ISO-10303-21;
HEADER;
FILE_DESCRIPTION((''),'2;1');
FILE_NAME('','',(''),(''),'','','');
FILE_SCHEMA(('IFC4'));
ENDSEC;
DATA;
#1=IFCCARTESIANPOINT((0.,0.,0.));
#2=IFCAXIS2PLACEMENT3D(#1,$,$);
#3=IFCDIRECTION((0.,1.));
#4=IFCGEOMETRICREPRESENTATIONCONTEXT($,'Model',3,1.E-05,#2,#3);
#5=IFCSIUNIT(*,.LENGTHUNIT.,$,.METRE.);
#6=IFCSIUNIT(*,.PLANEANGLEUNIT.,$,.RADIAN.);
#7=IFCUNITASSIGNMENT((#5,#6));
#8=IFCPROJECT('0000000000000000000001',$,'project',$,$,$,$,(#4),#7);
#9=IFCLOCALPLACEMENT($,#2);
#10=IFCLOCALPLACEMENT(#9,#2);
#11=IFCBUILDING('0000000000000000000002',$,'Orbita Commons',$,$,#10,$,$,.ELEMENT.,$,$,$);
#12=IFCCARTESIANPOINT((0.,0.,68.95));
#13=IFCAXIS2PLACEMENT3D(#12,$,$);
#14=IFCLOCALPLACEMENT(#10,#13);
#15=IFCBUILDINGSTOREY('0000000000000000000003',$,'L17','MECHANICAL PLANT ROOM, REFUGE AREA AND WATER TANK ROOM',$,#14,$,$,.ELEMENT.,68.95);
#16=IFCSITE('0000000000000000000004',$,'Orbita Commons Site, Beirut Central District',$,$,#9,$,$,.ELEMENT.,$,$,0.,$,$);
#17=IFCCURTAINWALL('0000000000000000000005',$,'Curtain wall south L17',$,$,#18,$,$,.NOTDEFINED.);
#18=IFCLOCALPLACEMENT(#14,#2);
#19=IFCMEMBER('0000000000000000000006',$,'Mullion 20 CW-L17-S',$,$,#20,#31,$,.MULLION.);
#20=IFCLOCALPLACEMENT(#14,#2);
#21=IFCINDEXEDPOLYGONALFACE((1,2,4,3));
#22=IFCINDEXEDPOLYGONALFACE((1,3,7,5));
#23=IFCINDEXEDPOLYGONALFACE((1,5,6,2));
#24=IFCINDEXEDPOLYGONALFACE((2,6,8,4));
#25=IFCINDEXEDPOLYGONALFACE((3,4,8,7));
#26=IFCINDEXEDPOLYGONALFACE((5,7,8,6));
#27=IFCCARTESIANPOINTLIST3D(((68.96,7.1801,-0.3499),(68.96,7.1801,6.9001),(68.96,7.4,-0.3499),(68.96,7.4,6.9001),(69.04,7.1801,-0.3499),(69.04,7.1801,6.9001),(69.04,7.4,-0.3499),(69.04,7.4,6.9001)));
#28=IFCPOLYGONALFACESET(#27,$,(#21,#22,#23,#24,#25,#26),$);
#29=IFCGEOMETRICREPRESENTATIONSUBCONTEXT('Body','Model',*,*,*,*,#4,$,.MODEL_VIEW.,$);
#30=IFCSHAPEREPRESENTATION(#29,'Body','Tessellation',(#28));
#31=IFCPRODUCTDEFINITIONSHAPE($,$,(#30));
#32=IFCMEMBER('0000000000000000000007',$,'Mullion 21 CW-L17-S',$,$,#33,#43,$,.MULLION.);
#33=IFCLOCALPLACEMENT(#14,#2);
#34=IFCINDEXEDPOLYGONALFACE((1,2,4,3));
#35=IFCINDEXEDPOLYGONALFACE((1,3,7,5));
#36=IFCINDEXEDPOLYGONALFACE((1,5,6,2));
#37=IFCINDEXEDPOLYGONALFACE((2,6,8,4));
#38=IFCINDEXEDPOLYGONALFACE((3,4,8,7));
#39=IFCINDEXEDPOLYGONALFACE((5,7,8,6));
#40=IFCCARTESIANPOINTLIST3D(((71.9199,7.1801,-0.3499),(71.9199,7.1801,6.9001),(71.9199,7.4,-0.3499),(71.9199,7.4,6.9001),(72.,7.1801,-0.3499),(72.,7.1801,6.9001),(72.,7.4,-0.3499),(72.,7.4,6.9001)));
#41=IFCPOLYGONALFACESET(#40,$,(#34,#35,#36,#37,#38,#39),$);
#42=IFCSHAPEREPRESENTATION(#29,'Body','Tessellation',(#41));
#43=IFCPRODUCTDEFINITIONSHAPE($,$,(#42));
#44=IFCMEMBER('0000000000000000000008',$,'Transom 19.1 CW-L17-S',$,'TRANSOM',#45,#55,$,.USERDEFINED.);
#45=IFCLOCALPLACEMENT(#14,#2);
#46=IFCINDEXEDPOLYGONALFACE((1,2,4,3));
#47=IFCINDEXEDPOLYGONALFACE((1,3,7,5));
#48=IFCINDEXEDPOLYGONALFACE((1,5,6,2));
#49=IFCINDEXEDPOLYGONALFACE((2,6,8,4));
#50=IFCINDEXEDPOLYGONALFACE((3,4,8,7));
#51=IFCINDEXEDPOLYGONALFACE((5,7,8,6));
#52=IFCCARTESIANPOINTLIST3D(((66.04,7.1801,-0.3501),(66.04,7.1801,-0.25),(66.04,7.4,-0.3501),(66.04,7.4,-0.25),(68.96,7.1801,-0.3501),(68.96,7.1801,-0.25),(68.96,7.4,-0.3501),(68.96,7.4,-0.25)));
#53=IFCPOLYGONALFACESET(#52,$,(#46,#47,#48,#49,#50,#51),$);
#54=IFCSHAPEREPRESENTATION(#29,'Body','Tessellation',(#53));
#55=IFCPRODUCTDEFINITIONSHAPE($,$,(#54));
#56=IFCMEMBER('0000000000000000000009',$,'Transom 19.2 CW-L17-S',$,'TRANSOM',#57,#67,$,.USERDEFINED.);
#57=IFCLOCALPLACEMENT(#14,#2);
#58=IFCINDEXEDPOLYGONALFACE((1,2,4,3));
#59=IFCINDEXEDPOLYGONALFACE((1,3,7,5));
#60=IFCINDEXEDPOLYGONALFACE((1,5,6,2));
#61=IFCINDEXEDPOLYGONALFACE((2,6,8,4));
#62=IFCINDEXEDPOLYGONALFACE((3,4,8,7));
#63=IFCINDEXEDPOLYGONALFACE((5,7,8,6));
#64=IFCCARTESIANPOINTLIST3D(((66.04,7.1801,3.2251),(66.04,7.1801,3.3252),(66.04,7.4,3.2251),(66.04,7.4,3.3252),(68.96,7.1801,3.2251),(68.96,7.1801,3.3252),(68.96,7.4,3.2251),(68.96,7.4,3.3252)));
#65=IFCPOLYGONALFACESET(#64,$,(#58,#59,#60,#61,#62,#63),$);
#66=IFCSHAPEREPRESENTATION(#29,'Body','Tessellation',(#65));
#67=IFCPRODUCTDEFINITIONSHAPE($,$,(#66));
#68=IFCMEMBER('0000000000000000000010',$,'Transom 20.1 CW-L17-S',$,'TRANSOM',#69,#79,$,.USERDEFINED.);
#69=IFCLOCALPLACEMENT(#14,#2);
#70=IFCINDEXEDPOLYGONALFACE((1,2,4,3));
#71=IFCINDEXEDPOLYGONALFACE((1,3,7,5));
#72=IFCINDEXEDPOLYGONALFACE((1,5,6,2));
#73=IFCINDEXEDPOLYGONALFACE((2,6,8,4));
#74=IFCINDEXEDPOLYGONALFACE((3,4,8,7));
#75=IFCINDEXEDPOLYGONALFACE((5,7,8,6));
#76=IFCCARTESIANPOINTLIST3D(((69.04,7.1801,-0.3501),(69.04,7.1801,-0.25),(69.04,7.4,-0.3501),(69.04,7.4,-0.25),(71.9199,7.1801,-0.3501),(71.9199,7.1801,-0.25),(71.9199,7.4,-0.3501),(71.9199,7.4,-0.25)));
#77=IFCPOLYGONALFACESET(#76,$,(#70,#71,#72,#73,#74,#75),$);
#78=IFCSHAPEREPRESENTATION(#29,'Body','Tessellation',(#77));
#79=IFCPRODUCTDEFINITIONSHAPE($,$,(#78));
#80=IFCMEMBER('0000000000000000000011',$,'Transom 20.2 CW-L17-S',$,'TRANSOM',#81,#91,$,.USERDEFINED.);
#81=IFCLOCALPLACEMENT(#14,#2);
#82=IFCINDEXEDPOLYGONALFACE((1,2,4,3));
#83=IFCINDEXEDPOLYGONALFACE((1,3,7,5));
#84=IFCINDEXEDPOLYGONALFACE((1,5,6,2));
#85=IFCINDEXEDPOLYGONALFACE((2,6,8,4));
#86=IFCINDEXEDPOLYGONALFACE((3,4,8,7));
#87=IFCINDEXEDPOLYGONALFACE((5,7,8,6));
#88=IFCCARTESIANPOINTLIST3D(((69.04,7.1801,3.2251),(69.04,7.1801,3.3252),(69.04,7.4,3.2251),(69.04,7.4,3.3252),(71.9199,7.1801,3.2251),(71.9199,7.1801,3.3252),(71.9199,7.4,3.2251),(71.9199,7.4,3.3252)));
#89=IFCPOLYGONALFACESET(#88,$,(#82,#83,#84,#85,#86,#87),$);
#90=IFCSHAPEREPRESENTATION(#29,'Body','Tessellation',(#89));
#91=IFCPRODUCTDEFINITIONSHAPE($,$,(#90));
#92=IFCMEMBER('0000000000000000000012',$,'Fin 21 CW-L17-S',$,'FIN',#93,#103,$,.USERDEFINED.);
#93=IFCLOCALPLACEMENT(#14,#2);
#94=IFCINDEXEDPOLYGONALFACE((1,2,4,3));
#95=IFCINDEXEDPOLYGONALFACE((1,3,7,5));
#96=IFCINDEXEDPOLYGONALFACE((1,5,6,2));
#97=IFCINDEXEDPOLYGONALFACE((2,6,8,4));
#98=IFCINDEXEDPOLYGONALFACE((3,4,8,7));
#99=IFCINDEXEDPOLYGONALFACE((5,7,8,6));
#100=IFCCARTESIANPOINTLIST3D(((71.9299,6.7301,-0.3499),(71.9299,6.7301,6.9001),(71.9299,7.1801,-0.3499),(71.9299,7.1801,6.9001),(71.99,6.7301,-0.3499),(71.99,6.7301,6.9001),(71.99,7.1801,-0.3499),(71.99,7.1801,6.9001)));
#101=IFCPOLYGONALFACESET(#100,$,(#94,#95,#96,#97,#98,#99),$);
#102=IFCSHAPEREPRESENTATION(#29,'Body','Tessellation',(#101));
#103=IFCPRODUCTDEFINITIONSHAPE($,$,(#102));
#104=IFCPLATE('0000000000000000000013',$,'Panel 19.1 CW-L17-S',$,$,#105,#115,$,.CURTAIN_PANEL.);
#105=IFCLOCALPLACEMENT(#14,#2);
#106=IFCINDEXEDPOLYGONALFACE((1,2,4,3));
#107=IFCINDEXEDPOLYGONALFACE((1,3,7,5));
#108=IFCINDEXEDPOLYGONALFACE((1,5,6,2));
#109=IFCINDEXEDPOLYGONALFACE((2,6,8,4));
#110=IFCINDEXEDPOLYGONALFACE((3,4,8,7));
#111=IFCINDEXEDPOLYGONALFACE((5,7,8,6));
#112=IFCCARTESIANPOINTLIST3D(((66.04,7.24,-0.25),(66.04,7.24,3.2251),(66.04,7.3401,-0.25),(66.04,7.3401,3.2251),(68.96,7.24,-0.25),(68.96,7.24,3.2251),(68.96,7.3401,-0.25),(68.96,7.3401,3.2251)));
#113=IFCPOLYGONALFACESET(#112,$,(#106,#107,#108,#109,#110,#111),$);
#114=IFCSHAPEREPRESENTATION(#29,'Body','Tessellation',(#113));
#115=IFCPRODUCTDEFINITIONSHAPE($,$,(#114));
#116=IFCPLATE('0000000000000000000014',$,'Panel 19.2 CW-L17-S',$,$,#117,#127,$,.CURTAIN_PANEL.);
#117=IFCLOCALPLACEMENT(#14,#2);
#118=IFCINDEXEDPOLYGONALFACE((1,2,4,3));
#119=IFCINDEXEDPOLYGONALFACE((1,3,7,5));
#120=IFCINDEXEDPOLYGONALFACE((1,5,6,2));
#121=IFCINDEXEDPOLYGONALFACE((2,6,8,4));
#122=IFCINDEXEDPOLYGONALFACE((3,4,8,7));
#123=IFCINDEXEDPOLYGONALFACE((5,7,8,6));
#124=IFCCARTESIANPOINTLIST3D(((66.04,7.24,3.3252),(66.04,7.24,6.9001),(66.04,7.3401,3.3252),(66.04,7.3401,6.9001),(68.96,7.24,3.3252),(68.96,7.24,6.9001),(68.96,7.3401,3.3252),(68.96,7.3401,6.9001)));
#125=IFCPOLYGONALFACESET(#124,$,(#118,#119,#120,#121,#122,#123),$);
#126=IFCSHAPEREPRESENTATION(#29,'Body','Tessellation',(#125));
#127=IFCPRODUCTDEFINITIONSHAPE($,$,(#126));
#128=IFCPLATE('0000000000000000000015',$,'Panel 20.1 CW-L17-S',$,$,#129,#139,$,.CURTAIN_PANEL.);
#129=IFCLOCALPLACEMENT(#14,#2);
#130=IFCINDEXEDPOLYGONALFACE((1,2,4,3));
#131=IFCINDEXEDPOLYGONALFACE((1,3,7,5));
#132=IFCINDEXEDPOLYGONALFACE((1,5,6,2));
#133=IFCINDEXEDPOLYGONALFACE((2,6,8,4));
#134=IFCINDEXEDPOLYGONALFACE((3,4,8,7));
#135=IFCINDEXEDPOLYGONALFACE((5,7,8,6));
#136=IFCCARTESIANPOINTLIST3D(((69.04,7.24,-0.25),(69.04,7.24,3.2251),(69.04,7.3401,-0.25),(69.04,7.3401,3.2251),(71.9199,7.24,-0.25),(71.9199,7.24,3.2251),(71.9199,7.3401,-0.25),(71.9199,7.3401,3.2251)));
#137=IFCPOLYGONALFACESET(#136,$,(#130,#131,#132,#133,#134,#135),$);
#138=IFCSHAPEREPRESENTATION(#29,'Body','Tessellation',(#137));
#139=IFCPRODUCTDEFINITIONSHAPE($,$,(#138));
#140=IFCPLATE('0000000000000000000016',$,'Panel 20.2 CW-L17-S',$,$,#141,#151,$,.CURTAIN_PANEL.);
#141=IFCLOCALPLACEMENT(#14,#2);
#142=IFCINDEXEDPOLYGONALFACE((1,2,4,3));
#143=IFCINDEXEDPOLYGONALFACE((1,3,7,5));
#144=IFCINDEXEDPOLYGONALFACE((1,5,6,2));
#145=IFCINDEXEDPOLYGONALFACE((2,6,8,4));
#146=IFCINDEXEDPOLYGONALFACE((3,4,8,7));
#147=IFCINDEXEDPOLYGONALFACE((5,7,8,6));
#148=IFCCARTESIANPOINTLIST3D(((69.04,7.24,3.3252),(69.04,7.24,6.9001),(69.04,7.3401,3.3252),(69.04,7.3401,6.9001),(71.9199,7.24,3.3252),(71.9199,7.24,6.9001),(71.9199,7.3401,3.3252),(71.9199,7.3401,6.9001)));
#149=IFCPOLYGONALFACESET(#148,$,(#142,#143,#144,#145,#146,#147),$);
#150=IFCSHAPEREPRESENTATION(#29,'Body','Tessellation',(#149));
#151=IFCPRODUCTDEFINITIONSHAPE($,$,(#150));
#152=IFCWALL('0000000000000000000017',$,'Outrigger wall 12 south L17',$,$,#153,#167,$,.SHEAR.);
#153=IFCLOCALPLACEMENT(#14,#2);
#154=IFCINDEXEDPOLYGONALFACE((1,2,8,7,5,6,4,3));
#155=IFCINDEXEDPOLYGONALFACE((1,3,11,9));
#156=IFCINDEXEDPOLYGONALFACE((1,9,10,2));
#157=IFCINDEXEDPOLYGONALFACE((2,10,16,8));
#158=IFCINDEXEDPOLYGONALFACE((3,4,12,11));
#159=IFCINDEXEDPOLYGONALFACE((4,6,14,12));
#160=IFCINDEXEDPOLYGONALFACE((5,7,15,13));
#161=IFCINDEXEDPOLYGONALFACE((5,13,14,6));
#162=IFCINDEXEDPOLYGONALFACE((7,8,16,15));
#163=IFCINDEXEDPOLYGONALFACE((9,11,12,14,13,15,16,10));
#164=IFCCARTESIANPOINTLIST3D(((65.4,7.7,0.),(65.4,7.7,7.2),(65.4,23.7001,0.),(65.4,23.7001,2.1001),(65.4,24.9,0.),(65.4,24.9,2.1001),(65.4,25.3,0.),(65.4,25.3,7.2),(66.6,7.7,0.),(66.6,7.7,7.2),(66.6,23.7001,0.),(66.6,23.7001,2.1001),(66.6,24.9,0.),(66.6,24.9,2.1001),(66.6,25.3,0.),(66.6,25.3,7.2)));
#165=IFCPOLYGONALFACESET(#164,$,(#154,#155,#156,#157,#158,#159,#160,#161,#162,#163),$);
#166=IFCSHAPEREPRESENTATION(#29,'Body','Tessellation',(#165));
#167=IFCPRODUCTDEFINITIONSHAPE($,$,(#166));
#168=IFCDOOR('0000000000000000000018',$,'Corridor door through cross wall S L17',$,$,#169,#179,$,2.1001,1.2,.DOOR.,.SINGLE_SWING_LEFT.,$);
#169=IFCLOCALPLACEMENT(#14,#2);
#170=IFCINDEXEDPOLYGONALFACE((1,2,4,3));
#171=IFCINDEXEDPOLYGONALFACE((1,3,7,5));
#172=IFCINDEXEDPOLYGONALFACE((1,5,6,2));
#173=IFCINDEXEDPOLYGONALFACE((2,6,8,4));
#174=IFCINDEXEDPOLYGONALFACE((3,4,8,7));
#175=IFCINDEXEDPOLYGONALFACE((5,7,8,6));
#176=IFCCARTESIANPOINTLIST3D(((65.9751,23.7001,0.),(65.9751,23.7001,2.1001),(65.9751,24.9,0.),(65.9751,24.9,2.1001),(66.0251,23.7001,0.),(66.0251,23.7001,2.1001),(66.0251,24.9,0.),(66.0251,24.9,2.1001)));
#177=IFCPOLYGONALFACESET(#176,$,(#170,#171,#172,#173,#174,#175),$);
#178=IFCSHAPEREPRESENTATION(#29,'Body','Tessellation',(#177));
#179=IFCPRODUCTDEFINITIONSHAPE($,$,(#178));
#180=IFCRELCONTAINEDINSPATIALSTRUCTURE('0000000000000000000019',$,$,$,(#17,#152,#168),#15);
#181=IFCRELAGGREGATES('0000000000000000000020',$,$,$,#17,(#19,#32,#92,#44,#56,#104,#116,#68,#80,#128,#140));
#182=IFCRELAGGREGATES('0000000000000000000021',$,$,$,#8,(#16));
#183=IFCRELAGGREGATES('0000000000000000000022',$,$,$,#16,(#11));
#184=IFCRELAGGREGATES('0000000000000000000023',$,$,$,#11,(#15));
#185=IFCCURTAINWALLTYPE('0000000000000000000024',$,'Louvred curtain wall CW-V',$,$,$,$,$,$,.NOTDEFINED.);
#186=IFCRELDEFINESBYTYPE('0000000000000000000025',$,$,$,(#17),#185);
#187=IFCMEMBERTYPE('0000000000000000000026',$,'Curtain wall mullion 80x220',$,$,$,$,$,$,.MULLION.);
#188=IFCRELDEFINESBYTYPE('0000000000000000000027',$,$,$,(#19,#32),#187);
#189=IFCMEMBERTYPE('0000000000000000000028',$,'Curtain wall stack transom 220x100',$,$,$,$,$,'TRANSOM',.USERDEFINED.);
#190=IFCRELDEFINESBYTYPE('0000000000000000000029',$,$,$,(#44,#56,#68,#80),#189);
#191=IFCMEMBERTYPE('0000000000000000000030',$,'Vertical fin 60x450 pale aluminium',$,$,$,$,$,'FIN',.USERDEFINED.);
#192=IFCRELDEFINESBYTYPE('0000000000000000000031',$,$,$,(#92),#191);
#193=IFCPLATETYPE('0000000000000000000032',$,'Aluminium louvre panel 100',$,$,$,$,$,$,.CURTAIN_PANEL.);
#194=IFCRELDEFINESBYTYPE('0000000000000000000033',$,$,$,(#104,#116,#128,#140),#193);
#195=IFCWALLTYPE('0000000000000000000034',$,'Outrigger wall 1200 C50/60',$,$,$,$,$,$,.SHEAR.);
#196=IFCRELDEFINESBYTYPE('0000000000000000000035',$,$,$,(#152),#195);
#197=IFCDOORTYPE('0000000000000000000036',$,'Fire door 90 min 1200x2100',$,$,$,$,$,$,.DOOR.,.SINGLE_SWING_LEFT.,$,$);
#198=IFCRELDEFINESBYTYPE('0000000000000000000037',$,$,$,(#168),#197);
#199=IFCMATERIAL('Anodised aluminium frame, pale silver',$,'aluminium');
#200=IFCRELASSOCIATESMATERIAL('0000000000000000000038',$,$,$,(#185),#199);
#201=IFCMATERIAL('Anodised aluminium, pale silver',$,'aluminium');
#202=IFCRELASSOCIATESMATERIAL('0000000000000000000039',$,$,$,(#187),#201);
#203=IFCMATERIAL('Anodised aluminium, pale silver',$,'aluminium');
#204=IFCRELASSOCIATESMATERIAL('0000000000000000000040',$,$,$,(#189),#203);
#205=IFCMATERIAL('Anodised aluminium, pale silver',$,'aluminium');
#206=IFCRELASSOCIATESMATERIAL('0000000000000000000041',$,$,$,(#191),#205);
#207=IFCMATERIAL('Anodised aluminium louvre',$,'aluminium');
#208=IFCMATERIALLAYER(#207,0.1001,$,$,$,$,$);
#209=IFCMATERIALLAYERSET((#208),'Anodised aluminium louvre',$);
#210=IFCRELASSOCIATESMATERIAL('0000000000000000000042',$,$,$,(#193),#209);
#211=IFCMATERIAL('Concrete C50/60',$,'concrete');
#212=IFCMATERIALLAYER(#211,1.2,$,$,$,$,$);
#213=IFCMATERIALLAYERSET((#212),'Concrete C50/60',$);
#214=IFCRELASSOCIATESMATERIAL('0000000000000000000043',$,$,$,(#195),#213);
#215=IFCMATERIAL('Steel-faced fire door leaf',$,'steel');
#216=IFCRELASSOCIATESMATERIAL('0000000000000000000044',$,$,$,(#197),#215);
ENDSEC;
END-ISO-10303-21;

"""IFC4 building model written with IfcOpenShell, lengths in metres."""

from ifc_helpers import new_model, si_unit, direction, frame, frame_2d, origin, origin_2d, place, context, subcontext, project, spatial, rectangle, extrude, material, layer, layer_set, material_profile, profile_set, type_object, element, fill, aggregate, save


model = new_model("IFC4")

# Units and contexts
model_context = context("Model", 3, precision=1e-05, world=origin(), true_north=direction((0.0, 1.0)))
body_context = subcontext(model_context, "Body", "Model", "MODEL_VIEW")
ifc_project = project(units=[si_unit("LENGTHUNIT", "METRE"), si_unit("PLANEANGLEUNIT", "RADIAN")], contexts=[model_context])

# Site, building, storey
site_placement = place(None, origin())
site = spatial("IfcSite", under=ifc_project, at=site_placement, Name="Orbita Commons Site, Beirut Central District", CompositionType="ELEMENT", RefElevation=0.0)
building_placement = place(site_placement, origin())
building = spatial("IfcBuilding", under=site, at=building_placement, Name="Orbita Commons", CompositionType="ELEMENT")
storey_placement = place(building_placement, frame((0.0, 0.0, 68.95)))
storey = spatial("IfcBuildingStorey", under=building, at=storey_placement, Name="L17", Description="MECHANICAL PLANT ROOM, REFUGE AREA AND WATER TANK ROOM", CompositionType="ELEMENT", Elevation=68.95)

# Curtain wall, members, plates
ifc_material_1 = material(Name="Anodised aluminium frame, pale silver", Category="aluminium")
curtain_wall_type = type_object("IfcCurtainWallType", Name="Louvred curtain wall CW-V", PredefinedType="NOTDEFINED", material=ifc_material_1)
curtain_wall_placement = place(storey_placement, origin())
curtain_wall = element("IfcCurtainWall", 1, at=curtain_wall_placement, inside=storey, type_object=curtain_wall_type, Name="Curtain wall south L17", PredefinedType="NOTDEFINED")
ifc_material_2 = material(Name="Anodised aluminium, pale silver", Category="aluminium")
ifc_material_profile_1 = material_profile(ifc_material_2, rectangle(XDim=0.0801, YDim=0.22, at=origin_2d()), Name="AL 80x220")
ifc_profile_set_1 = profile_set([ifc_material_profile_1], Name="Anodised aluminium, pale silver")
member_type_1 = type_object("IfcMemberType", Name="Curtain wall mullion 80x220", PredefinedType="MULLION", material=ifc_profile_set_1)
member_1_placement = place(storey_placement, frame((69.0, 7.29, -0.3499), z_axis=(0.0, 0.0, 1.0), x_axis=(1.0, 0.0, 0.0)))
member_1 = element("IfcMember", 2, at=member_1_placement, type_object=member_type_1, Name="Mullion 20 CW-L17-S", PredefinedType="MULLION", context=body_context, shape_type="SweptSolid", body=[
    extrude(rectangle(XDim=0.0801, YDim=0.22, at=origin_2d()), origin(), (0.0, 0.0, 1.0), 7.25),
])
member_2_placement = place(storey_placement, frame((71.96, 7.29, -0.3499), z_axis=(0.0, 0.0, 1.0), x_axis=(1.0, 0.0, 0.0)))
member_2 = element("IfcMember", 3, at=member_2_placement, type_object=member_type_1, Name="Mullion 21 CW-L17-S", PredefinedType="MULLION", context=body_context, shape_type="SweptSolid", body=[
    extrude(rectangle(XDim=0.0801, YDim=0.22, at=origin_2d()), origin(), (0.0, 0.0, 1.0), 7.25),
])
ifc_material_3 = material(Name="Anodised aluminium, pale silver", Category="aluminium")
ifc_material_profile_2 = material_profile(ifc_material_3, rectangle(XDim=0.22, YDim=0.1001, at=origin_2d()), Name="AL 220x100")
ifc_profile_set_2 = profile_set([ifc_material_profile_2], Name="Anodised aluminium, pale silver")
member_type_2 = type_object("IfcMemberType", Name="Curtain wall stack transom 220x100", ElementType="TRANSOM", PredefinedType="USERDEFINED", material=ifc_profile_set_2)
member_3_placement = place(storey_placement, frame((66.04, 7.29, -0.3), z_axis=(1.0, 0.0, 0.0), x_axis=(0.0, 1.0, 0.0)))
member_3 = element("IfcMember", 4, at=member_3_placement, type_object=member_type_2, Name="Transom 19.1 CW-L17-S", ObjectType="TRANSOM", PredefinedType="USERDEFINED", context=body_context, shape_type="SweptSolid", body=[
    extrude(rectangle(XDim=0.22, YDim=0.1001, at=origin_2d()), origin(), (0.0, 0.0, 1.0), 2.9199),
])
member_4_placement = place(storey_placement, frame((66.04, 7.29, 3.2751), z_axis=(1.0, 0.0, 0.0), x_axis=(0.0, 1.0, 0.0)))
member_4 = element("IfcMember", 5, at=member_4_placement, type_object=member_type_2, Name="Transom 19.2 CW-L17-S", ObjectType="TRANSOM", PredefinedType="USERDEFINED", context=body_context, shape_type="SweptSolid", body=[
    extrude(rectangle(XDim=0.22, YDim=0.1001, at=origin_2d()), origin(), (0.0, 0.0, 1.0), 2.9199),
])
member_5_placement = place(storey_placement, frame((69.04, 7.29, -0.3), z_axis=(1.0, 0.0, 0.0), x_axis=(0.0, 1.0, 0.0)))
member_5 = element("IfcMember", 6, at=member_5_placement, type_object=member_type_2, Name="Transom 20.1 CW-L17-S", ObjectType="TRANSOM", PredefinedType="USERDEFINED", context=body_context, shape_type="SweptSolid", body=[
    extrude(rectangle(XDim=0.22, YDim=0.1001, at=origin_2d()), origin(), (0.0, 0.0, 1.0), 2.8799),
])
member_6_placement = place(storey_placement, frame((69.04, 7.29, 3.2751), z_axis=(1.0, 0.0, 0.0), x_axis=(0.0, 1.0, 0.0)))
member_6 = element("IfcMember", 7, at=member_6_placement, type_object=member_type_2, Name="Transom 20.2 CW-L17-S", ObjectType="TRANSOM", PredefinedType="USERDEFINED", context=body_context, shape_type="SweptSolid", body=[
    extrude(rectangle(XDim=0.22, YDim=0.1001, at=origin_2d()), origin(), (0.0, 0.0, 1.0), 2.8799),
])
ifc_material_4 = material(Name="Anodised aluminium, pale silver", Category="aluminium")
ifc_material_profile_3 = material_profile(ifc_material_4, rectangle(XDim=0.0601, YDim=0.45, at=origin_2d()), Name="FIN 60x450")
ifc_profile_set_3 = profile_set([ifc_material_profile_3], Name="Anodised aluminium, pale silver")
member_type_3 = type_object("IfcMemberType", Name="Vertical fin 60x450 pale aluminium", ElementType="FIN", PredefinedType="USERDEFINED", material=ifc_profile_set_3)
member_7_placement = place(storey_placement, frame((71.96, 6.9551, -0.3499), z_axis=(0.0, 0.0, 1.0), x_axis=(1.0, 0.0, 0.0)))
member_7 = element("IfcMember", 8, at=member_7_placement, type_object=member_type_3, Name="Fin 21 CW-L17-S", ObjectType="FIN", PredefinedType="USERDEFINED", context=body_context, shape_type="SweptSolid", body=[
    extrude(rectangle(XDim=0.0601, YDim=0.45, at=origin_2d()), origin(), (0.0, 0.0, 1.0), 7.25),
])
ifc_material_5 = material(Name="Anodised aluminium louvre", Category="aluminium")
ifc_layer_1 = layer(ifc_material_5, 0.1001)
ifc_layer_set_1 = layer_set([ifc_layer_1], Name="Anodised aluminium louvre")
plate_type = type_object("IfcPlateType", Name="Aluminium louvre panel 100", PredefinedType="CURTAIN_PANEL", material=ifc_layer_set_1)
plate_1_placement = place(storey_placement, frame((67.5, 7.29, -0.25), z_axis=(0.0, 0.0, 1.0), x_axis=(1.0, 0.0, 0.0)))
plate_1 = element("IfcPlate", 9, at=plate_1_placement, type_object=plate_type, Name="Panel 19.1 CW-L17-S", PredefinedType="CURTAIN_PANEL", context=body_context, shape_type="SweptSolid", body=[
    extrude(rectangle(XDim=2.9199, YDim=0.1001, at=origin_2d()), origin(), (0.0, 0.0, 1.0), 3.4751),
])
plate_2_placement = place(storey_placement, frame((67.5, 7.29, 3.3252), z_axis=(0.0, 0.0, 1.0), x_axis=(1.0, 0.0, 0.0)))
plate_2 = element("IfcPlate", 10, at=plate_2_placement, type_object=plate_type, Name="Panel 19.2 CW-L17-S", PredefinedType="CURTAIN_PANEL", context=body_context, shape_type="SweptSolid", body=[
    extrude(rectangle(XDim=2.9199, YDim=0.1001, at=origin_2d()), origin(), (0.0, 0.0, 1.0), 3.575),
])
plate_3_placement = place(storey_placement, frame((70.48, 7.29, -0.25), z_axis=(0.0, 0.0, 1.0), x_axis=(1.0, 0.0, 0.0)))
plate_3 = element("IfcPlate", 11, at=plate_3_placement, type_object=plate_type, Name="Panel 20.1 CW-L17-S", PredefinedType="CURTAIN_PANEL", context=body_context, shape_type="SweptSolid", body=[
    extrude(rectangle(XDim=2.8799, YDim=0.1001, at=origin_2d()), origin(), (0.0, 0.0, 1.0), 3.4751),
])
plate_4_placement = place(storey_placement, frame((70.48, 7.29, 3.3252), z_axis=(0.0, 0.0, 1.0), x_axis=(1.0, 0.0, 0.0)))
plate_4 = element("IfcPlate", 12, at=plate_4_placement, type_object=plate_type, Name="Panel 20.2 CW-L17-S", PredefinedType="CURTAIN_PANEL", context=body_context, shape_type="SweptSolid", body=[
    extrude(rectangle(XDim=2.8799, YDim=0.1001, at=origin_2d()), origin(), (0.0, 0.0, 1.0), 3.575),
])
aggregate(curtain_wall, [member_1, member_2, member_7, member_3, member_4, plate_1, plate_2, member_5, member_6, plate_3, plate_4])

# Wall, opening, door
ifc_material_6 = material(Name="Concrete C50/60", Category="concrete")
ifc_layer_2 = layer(ifc_material_6, 1.2)
ifc_layer_set_2 = layer_set([ifc_layer_2], Name="Concrete C50/60")
wall_type_1 = type_object("IfcWallType", Name="Outrigger wall 1200 C50/60", PredefinedType="SHEAR", material=ifc_layer_set_2)
wall_1_placement = place(storey_placement, frame((66.0, 7.7, 0.0), z_axis=(0.0, 0.0, 1.0), x_axis=(0.0, 1.0, 0.0)))
wall_1 = element("IfcWall", 13, at=wall_1_placement, inside=storey, type_object=wall_type_1, Name="Outrigger wall 12 south L17", PredefinedType="SHEAR", context=body_context, shape_type="SweptSolid", body=[
    extrude(rectangle(XDim=17.6001, YDim=1.2, at=frame_2d((8.8, 0.0))), origin(), (0.0, 0.0, 1.0), 7.2),
])
opening_placement = place(wall_1_placement, frame((16.0, 0.0, 0.0)))
opening = element("IfcOpeningElement", 14, at=opening_placement, cuts=wall_1, PredefinedType="OPENING", context=body_context, shape_type="SweptSolid", body=[
    extrude(rectangle(XDim=1.2, YDim=2.1001, at=frame_2d((0.6001, 1.05))), frame((0.0, 0.6099, 0.0), z_axis=(0.0, -1.0, 0.0), x_axis=(1.0, 0.0, 0.0)), (0.0, 0.0, 1.0), 1.22),
])
ifc_material_7 = material(Name="Steel-faced fire door leaf", Category="steel")
door_type = type_object("IfcDoorType", Name="Fire door 90 min 1200x2100", OperationType="SINGLE_SWING_LEFT", PredefinedType="DOOR", material=ifc_material_7)
door_placement = place(opening_placement, origin())
door = element("IfcDoor", 15, at=door_placement, inside=storey, type_object=door_type, Name="Corridor door through cross wall S L17", OperationType="SINGLE_SWING_LEFT", OverallHeight=2.1001, OverallWidth=1.2, PredefinedType="DOOR", context=body_context, shape_type="SweptSolid", body=[
    extrude(rectangle(XDim=1.2, YDim=2.1001, at=frame_2d((0.6001, 1.05))), frame((0.0, 0.0249, 0.0), z_axis=(0.0, -1.0, 0.0), x_axis=(1.0, 0.0, 0.0)), (0.0, 0.0, 1.0), 0.05),
])
fill(opening, door)

save(model, "model.ifc")
